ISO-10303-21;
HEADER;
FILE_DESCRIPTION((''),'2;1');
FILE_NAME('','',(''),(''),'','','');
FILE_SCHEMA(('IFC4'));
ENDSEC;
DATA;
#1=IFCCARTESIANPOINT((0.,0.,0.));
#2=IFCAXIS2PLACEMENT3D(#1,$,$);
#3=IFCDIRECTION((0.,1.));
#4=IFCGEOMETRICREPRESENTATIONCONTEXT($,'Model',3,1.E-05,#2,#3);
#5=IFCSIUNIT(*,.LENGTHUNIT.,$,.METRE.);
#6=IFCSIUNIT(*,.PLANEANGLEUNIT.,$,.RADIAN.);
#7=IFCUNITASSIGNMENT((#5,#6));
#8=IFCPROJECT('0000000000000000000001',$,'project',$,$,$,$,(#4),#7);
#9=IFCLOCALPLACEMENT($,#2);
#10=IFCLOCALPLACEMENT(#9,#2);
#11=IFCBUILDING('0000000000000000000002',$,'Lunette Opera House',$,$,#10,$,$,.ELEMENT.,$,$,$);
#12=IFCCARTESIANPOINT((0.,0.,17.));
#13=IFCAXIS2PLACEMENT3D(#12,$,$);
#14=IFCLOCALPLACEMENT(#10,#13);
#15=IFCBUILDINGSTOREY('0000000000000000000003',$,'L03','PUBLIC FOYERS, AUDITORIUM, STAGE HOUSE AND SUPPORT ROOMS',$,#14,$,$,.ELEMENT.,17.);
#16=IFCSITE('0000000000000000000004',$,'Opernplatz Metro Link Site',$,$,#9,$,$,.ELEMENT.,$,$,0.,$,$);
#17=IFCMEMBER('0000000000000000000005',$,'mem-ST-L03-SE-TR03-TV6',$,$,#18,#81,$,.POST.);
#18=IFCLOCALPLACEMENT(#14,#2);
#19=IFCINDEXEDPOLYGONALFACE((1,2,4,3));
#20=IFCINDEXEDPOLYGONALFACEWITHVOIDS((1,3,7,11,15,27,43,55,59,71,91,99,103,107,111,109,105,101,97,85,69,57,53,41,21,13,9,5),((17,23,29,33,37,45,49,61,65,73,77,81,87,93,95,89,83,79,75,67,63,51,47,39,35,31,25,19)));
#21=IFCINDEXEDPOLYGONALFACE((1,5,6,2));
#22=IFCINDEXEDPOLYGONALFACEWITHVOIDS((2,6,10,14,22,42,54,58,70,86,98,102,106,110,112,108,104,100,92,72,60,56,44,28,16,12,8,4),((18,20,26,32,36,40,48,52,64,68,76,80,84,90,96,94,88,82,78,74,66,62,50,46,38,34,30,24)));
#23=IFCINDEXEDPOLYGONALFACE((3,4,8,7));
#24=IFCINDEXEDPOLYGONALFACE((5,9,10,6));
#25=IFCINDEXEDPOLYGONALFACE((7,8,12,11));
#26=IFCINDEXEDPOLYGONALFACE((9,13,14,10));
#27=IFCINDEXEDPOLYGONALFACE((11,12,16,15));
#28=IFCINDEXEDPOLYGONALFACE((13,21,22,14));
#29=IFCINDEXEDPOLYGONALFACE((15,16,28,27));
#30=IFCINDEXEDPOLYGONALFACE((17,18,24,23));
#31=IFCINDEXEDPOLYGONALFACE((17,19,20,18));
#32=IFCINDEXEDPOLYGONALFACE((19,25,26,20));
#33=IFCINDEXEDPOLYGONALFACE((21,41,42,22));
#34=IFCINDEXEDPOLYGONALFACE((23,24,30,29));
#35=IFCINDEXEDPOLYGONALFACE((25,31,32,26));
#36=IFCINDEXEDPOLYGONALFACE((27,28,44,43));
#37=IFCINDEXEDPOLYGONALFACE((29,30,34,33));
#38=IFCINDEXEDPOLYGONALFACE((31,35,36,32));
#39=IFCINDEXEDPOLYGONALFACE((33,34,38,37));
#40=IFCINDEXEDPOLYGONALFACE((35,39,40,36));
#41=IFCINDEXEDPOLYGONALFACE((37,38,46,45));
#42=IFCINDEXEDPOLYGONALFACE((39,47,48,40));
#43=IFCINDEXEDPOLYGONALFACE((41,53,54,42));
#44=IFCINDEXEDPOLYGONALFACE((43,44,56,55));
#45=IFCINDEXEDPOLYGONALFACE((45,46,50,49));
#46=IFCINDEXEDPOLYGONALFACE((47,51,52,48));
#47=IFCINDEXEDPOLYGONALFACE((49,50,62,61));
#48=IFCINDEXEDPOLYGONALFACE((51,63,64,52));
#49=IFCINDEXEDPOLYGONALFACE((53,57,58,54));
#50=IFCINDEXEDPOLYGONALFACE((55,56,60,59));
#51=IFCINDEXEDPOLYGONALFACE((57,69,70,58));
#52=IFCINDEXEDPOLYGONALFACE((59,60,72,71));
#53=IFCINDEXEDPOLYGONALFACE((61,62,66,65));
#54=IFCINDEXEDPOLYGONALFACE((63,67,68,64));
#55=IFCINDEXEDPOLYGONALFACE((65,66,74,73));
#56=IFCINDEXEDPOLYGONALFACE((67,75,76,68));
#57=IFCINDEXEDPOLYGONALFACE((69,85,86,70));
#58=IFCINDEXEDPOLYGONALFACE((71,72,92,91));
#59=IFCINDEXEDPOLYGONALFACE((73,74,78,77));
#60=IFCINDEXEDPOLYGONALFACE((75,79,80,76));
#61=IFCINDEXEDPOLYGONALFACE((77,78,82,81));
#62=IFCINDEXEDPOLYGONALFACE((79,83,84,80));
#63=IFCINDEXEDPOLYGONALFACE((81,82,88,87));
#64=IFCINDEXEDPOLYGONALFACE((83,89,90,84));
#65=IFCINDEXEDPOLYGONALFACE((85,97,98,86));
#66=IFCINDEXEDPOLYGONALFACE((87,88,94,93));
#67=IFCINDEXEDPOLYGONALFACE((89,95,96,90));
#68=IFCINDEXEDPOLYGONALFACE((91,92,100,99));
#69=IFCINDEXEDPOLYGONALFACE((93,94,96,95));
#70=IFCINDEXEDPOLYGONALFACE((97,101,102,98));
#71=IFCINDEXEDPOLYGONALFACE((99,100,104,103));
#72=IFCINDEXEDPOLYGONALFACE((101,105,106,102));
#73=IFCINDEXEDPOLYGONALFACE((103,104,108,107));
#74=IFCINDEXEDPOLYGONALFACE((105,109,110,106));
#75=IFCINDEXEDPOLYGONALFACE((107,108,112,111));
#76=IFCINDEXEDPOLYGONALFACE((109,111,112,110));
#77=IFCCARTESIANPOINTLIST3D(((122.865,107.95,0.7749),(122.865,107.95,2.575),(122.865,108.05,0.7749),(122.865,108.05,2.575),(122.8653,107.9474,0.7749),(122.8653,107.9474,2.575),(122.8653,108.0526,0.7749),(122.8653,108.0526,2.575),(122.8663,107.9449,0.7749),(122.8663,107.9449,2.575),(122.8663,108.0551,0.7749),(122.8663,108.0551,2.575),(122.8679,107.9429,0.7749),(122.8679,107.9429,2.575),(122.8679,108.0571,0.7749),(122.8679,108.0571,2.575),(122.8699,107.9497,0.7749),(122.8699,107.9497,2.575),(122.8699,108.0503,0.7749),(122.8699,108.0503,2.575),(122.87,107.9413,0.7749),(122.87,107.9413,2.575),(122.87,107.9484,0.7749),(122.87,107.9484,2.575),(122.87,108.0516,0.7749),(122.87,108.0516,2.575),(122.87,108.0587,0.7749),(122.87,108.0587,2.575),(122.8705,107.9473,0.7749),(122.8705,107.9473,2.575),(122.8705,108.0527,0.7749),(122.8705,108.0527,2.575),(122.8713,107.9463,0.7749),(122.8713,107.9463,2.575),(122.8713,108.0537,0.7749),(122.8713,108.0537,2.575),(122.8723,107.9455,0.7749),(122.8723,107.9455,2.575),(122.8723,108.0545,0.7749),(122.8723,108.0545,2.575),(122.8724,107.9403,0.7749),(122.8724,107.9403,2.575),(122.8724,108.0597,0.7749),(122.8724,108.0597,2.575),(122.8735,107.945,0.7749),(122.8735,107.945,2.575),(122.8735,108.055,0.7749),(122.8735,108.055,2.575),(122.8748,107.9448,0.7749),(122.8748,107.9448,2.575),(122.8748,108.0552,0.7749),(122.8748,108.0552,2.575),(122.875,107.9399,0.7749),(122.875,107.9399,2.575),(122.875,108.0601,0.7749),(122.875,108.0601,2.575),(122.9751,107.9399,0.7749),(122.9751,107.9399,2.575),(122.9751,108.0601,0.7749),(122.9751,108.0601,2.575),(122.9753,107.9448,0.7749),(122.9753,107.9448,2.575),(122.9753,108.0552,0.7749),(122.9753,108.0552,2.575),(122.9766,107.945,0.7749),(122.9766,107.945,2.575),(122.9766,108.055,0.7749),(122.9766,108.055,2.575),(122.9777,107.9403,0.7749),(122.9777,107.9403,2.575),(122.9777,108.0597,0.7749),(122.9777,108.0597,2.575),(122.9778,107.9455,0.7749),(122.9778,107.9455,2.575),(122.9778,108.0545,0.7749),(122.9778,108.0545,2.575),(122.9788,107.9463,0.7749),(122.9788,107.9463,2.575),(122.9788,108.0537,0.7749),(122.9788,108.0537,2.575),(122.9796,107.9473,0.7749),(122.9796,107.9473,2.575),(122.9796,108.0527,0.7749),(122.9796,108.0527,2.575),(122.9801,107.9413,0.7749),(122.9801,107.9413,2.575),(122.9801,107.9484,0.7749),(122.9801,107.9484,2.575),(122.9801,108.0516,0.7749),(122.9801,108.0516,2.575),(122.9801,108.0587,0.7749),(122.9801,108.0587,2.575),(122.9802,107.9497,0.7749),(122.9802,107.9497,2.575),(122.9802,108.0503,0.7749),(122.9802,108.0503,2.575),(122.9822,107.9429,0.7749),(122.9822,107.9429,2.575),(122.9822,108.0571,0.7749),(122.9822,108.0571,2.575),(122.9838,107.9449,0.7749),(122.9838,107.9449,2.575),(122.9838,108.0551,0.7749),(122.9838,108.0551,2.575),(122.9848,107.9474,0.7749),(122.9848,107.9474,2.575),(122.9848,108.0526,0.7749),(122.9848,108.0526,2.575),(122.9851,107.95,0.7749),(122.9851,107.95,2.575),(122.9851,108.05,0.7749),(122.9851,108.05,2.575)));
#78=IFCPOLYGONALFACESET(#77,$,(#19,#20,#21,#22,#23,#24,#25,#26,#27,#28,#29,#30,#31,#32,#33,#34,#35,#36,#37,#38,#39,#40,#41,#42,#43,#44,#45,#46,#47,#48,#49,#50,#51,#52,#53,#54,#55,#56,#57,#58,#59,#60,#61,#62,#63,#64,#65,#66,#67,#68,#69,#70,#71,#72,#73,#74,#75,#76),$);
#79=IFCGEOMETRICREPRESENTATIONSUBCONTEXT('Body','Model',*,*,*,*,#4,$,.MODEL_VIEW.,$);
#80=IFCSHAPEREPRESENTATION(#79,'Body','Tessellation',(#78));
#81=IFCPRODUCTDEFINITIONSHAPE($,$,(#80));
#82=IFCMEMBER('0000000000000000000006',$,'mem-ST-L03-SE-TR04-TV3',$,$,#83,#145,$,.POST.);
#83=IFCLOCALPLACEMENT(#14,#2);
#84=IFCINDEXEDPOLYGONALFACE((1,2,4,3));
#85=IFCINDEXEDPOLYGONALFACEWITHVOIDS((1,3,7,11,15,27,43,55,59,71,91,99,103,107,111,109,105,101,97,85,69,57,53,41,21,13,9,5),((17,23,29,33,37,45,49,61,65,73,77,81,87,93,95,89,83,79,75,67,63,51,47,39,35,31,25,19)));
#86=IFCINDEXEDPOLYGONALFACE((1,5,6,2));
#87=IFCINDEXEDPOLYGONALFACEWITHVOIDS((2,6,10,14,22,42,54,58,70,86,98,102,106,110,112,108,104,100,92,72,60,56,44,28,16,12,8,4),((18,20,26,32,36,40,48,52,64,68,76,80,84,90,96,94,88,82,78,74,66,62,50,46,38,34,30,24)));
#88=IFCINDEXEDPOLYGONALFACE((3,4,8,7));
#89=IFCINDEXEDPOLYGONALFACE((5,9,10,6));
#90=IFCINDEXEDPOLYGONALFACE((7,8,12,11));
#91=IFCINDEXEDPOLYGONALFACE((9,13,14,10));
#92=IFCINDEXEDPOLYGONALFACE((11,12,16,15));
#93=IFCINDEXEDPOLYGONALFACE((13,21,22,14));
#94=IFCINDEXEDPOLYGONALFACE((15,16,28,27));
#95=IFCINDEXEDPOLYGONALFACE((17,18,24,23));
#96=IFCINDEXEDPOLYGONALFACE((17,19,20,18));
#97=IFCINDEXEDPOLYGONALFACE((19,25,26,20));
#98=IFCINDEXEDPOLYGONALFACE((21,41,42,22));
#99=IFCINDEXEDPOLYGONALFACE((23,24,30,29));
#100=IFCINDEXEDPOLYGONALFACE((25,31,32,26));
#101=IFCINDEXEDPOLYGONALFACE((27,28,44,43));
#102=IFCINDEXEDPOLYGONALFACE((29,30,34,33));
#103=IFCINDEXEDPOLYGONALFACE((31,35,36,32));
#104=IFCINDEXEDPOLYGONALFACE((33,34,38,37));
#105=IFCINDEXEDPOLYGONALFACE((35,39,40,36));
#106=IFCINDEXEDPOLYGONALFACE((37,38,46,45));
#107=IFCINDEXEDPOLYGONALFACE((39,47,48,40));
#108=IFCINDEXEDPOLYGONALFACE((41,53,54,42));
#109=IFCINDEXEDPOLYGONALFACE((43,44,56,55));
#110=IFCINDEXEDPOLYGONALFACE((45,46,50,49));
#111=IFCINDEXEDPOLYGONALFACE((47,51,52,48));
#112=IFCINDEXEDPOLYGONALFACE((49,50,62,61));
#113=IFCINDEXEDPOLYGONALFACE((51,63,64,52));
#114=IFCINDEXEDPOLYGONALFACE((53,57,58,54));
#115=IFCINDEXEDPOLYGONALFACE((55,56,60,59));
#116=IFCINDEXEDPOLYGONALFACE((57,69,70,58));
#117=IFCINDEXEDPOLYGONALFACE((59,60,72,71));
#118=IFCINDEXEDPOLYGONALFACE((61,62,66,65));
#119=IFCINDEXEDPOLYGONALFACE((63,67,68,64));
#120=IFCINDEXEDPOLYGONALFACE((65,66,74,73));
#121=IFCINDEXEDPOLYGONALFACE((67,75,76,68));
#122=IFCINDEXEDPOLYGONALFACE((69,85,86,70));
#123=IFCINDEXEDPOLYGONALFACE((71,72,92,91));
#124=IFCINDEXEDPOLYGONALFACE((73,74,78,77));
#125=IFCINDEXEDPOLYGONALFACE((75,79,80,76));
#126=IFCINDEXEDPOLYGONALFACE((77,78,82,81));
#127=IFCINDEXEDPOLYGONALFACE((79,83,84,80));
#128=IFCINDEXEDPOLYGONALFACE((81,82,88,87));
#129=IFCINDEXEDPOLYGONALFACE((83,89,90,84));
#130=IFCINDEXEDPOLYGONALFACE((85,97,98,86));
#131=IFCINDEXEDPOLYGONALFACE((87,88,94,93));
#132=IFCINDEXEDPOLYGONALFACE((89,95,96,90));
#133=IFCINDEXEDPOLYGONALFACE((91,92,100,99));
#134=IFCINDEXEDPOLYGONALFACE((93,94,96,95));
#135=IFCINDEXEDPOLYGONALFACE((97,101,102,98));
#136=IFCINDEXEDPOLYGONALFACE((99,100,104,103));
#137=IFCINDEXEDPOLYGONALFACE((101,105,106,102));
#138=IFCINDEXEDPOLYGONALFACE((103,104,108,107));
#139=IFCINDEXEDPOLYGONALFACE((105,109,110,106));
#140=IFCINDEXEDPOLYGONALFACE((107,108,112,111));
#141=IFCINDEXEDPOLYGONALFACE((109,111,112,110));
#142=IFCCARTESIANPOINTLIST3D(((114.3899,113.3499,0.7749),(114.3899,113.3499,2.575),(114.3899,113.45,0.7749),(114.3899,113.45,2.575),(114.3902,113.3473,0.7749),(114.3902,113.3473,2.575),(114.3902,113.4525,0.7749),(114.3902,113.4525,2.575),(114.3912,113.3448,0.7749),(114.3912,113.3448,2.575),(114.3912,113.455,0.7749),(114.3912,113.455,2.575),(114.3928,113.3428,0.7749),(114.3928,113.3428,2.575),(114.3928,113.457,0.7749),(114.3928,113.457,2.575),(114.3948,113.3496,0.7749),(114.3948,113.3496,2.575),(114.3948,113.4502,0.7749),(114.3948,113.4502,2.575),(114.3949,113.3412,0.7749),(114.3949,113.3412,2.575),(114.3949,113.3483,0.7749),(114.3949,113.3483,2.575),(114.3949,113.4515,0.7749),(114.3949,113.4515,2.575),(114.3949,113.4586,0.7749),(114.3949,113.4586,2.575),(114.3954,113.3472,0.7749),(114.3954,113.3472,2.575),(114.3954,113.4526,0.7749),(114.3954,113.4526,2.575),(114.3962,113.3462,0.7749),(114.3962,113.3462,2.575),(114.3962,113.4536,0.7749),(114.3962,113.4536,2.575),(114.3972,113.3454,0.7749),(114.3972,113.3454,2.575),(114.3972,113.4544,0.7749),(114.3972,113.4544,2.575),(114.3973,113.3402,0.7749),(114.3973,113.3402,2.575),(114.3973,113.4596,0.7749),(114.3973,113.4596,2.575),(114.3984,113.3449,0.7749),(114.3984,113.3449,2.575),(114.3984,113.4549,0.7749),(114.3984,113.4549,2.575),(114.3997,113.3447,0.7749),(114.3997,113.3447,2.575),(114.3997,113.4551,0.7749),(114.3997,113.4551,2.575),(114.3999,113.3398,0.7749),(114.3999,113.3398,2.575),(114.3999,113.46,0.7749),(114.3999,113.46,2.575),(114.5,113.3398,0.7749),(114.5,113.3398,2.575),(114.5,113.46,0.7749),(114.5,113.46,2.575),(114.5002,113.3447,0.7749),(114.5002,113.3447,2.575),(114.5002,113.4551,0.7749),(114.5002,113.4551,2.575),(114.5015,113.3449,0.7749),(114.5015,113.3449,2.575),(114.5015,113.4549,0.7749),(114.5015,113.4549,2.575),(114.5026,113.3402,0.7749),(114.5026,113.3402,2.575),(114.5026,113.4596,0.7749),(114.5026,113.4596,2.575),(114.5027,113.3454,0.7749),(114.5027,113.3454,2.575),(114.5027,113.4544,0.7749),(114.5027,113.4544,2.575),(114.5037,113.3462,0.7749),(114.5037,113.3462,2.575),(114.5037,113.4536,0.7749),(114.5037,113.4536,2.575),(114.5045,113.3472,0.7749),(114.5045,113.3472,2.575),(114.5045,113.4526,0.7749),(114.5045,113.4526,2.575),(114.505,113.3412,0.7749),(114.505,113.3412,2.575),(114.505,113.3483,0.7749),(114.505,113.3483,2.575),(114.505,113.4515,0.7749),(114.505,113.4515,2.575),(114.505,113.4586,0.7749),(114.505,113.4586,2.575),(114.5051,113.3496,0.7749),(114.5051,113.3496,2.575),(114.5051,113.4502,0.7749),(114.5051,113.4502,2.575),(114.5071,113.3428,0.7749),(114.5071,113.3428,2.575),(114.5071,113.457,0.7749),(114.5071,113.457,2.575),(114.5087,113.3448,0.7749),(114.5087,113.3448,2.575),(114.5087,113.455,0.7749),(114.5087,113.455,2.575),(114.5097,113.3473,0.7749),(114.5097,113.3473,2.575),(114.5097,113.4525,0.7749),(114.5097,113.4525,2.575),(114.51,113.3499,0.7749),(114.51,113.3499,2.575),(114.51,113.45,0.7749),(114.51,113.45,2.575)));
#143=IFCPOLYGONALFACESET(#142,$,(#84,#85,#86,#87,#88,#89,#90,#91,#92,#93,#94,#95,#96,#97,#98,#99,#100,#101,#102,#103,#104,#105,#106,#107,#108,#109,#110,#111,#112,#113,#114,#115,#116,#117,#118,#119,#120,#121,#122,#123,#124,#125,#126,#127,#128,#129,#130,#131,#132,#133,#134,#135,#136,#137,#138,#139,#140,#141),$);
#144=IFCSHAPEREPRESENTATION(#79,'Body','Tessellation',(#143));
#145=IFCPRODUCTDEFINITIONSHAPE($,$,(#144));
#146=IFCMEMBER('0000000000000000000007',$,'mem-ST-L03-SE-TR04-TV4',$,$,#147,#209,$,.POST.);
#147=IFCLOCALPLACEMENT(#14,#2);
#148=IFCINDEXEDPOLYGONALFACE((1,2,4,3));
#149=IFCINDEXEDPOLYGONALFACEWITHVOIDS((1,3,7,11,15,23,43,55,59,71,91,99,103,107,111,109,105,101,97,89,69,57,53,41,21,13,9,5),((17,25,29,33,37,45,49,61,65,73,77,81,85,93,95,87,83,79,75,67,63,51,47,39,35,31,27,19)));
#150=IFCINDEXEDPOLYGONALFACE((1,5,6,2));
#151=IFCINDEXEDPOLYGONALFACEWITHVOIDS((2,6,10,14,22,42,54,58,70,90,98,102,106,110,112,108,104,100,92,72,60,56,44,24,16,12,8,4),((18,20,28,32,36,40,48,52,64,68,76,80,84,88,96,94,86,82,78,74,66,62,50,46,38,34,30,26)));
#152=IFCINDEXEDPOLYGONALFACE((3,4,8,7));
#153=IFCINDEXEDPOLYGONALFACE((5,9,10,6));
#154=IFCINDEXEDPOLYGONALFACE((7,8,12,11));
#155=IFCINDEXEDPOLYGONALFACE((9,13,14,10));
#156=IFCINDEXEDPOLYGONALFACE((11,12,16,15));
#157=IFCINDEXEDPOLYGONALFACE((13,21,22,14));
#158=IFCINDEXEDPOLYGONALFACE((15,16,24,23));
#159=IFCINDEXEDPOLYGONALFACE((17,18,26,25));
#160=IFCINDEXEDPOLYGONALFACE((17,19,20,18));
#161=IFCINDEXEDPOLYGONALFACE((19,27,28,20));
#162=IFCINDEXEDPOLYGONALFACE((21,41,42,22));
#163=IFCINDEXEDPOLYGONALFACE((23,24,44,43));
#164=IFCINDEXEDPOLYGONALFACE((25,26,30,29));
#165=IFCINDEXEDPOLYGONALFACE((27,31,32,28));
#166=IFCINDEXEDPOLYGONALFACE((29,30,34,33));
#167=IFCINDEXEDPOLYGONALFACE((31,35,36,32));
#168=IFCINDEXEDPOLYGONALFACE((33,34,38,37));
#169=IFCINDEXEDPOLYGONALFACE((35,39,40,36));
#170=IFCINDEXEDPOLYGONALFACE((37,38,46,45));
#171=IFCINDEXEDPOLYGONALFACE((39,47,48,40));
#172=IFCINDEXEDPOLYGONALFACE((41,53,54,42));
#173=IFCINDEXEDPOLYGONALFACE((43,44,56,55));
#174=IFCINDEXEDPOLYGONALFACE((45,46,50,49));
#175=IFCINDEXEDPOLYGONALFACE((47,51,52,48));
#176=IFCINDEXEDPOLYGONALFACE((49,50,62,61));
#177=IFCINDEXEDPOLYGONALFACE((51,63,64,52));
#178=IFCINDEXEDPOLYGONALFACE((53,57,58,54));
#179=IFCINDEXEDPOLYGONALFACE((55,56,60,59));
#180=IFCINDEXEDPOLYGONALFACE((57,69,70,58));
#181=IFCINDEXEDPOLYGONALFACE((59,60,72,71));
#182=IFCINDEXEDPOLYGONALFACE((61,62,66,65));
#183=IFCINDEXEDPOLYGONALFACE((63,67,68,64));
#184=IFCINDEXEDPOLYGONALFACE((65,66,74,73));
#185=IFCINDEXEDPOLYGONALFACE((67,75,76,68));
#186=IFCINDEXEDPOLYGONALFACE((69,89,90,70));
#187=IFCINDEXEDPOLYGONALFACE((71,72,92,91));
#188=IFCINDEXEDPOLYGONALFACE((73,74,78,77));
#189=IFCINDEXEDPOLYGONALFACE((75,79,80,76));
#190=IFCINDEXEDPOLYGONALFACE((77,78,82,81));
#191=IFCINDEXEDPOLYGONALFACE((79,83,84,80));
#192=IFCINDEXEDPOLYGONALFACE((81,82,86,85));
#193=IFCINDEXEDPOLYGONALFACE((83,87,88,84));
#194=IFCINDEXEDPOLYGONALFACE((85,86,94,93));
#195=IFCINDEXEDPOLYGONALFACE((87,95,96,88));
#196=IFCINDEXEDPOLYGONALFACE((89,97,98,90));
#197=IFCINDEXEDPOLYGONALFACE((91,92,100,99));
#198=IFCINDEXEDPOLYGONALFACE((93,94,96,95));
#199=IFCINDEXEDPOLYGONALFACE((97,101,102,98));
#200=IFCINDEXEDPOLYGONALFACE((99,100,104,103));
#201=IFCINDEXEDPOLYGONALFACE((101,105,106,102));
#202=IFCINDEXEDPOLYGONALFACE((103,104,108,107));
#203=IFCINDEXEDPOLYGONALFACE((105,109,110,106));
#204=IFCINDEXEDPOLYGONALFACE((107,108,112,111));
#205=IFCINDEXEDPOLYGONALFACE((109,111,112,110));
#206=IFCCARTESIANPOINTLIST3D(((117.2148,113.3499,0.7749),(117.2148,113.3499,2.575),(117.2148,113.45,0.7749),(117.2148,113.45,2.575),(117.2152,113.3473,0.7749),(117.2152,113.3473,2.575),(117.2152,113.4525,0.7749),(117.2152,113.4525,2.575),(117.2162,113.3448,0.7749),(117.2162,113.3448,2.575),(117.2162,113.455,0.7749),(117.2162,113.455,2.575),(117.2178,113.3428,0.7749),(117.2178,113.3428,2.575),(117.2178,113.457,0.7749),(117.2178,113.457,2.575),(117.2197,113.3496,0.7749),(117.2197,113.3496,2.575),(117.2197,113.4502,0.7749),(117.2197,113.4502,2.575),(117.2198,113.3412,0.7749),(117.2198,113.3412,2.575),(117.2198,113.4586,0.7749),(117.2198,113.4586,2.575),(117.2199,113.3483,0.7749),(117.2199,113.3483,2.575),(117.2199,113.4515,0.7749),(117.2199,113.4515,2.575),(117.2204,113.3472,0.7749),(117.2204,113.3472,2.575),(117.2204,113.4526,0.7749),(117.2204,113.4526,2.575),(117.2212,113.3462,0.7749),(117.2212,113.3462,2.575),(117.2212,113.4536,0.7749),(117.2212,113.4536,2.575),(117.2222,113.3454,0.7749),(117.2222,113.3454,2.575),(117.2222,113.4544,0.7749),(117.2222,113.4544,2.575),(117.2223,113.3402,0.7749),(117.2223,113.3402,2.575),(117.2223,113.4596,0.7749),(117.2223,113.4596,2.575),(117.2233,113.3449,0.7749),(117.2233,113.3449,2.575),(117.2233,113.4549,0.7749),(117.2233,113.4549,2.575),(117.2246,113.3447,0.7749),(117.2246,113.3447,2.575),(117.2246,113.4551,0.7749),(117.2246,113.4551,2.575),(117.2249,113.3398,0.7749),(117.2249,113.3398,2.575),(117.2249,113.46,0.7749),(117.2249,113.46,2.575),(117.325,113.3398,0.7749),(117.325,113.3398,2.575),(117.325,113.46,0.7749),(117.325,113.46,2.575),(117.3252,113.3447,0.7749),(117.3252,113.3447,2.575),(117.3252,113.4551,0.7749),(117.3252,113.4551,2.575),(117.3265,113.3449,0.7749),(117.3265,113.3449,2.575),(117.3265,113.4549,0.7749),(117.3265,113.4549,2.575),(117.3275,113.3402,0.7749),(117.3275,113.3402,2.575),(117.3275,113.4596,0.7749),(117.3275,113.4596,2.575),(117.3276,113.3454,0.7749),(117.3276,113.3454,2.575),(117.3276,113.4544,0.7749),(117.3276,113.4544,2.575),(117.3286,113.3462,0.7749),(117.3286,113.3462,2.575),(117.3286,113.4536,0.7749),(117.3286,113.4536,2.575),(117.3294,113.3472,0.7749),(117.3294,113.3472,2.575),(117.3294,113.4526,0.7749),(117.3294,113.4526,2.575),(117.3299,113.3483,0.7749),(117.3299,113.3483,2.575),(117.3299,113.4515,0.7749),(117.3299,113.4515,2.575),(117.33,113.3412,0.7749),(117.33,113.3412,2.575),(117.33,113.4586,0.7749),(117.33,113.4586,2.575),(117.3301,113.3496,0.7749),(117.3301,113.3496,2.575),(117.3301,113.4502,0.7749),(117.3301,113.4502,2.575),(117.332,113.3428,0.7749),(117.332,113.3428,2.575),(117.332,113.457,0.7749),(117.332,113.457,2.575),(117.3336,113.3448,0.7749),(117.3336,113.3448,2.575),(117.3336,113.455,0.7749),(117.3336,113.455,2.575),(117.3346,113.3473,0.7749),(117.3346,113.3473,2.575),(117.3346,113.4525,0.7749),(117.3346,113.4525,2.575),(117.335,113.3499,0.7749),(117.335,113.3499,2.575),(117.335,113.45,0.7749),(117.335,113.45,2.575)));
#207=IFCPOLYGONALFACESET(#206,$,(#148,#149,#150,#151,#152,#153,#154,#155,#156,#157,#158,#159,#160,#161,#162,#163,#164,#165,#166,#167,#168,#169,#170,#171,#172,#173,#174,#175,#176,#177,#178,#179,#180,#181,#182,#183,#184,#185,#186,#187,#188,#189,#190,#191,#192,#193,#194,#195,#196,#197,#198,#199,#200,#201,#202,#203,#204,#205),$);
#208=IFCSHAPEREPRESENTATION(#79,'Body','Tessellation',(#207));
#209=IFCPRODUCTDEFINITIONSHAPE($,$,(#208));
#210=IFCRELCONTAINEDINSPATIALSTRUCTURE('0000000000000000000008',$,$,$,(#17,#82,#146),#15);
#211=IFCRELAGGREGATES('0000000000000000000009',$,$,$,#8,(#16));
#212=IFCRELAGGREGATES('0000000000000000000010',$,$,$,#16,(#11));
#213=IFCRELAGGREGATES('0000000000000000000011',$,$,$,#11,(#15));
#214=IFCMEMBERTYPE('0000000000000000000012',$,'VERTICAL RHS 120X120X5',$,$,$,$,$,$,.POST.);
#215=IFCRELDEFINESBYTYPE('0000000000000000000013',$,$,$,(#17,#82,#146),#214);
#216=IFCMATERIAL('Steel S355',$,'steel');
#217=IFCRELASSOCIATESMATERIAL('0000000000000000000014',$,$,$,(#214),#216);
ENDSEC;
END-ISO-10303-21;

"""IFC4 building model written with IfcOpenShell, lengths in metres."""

from ifc_helpers import new_model, si_unit, direction, frame, origin, origin_2d, place, context, subcontext, project, spatial, hollow_rectangle, extrude, material, material_profile, profile_set, type_object, element, save


model = new_model("IFC4")

# Units and contexts
model_context = context("Model", 3, precision=1e-05, world=origin(), true_north=direction((0.0, 1.0)))
body_context = subcontext(model_context, "Body", "Model", "MODEL_VIEW")
ifc_project = project(units=[si_unit("LENGTHUNIT", "METRE"), si_unit("PLANEANGLEUNIT", "RADIAN")], contexts=[model_context])

# Site, building, storey
site_placement = place(None, origin())
site = spatial("IfcSite", under=ifc_project, at=site_placement, Name="Opernplatz Metro Link Site", CompositionType="ELEMENT", RefElevation=0.0)
building_placement = place(site_placement, origin())
building = spatial("IfcBuilding", under=site, at=building_placement, Name="Lunette Opera House", CompositionType="ELEMENT")
storey_placement = place(building_placement, frame((0.0, 0.0, 17.0)))
storey = spatial("IfcBuildingStorey", under=building, at=storey_placement, Name="L03", Description="PUBLIC FOYERS, AUDITORIUM, STAGE HOUSE AND SUPPORT ROOMS", CompositionType="ELEMENT", Elevation=17.0)

# Members
ifc_material_1 = material(Name="Steel S355", Category="steel")
ifc_material_profile_1 = material_profile(ifc_material_1, hollow_rectangle(XDim=0.1201, YDim=0.1201, WallThickness=0.0049, InnerFilletRadius=0.0049, OuterFilletRadius=0.01, at=origin_2d()), Name="RHS 120X120X5")
ifc_profile_set_1 = profile_set([ifc_material_profile_1], Name="Steel S355")
member_type_1 = type_object("IfcMemberType", Name="VERTICAL RHS 120X120X5", PredefinedType="POST", material=ifc_profile_set_1)
for number, where, z_axis, x_axis, name in (
    (1, (122.925, 108.0, 0.7749), (0.0, 0.0, 1.0), (1.0, 0.0, 0.0), "mem-ST-L03-SE-TR03-TV6"),
    (2, (114.45, 113.3999, 0.7749), (0.0, 0.0, 1.0), (1.0, 0.0, 0.0), "mem-ST-L03-SE-TR04-TV3"),
    (3, (117.2749, 113.3999, 0.7749), (0.0, 0.0, 1.0), (1.0, 0.0, 0.0), "mem-ST-L03-SE-TR04-TV4"),
):
    element("IfcMember", number, at=place(storey_placement, frame(where, z_axis=z_axis, x_axis=x_axis)), inside=storey, type_object=member_type_1, Name=name, PredefinedType="POST", context=body_context, shape_type="SweptSolid", body=[
        extrude(hollow_rectangle(XDim=0.1201, YDim=0.1201, WallThickness=0.0049, InnerFilletRadius=0.0049, OuterFilletRadius=0.01, at=origin_2d()), origin(), (0.0, 0.0, 1.0), 1.8),
    ])

save(model, "model.ifc")
